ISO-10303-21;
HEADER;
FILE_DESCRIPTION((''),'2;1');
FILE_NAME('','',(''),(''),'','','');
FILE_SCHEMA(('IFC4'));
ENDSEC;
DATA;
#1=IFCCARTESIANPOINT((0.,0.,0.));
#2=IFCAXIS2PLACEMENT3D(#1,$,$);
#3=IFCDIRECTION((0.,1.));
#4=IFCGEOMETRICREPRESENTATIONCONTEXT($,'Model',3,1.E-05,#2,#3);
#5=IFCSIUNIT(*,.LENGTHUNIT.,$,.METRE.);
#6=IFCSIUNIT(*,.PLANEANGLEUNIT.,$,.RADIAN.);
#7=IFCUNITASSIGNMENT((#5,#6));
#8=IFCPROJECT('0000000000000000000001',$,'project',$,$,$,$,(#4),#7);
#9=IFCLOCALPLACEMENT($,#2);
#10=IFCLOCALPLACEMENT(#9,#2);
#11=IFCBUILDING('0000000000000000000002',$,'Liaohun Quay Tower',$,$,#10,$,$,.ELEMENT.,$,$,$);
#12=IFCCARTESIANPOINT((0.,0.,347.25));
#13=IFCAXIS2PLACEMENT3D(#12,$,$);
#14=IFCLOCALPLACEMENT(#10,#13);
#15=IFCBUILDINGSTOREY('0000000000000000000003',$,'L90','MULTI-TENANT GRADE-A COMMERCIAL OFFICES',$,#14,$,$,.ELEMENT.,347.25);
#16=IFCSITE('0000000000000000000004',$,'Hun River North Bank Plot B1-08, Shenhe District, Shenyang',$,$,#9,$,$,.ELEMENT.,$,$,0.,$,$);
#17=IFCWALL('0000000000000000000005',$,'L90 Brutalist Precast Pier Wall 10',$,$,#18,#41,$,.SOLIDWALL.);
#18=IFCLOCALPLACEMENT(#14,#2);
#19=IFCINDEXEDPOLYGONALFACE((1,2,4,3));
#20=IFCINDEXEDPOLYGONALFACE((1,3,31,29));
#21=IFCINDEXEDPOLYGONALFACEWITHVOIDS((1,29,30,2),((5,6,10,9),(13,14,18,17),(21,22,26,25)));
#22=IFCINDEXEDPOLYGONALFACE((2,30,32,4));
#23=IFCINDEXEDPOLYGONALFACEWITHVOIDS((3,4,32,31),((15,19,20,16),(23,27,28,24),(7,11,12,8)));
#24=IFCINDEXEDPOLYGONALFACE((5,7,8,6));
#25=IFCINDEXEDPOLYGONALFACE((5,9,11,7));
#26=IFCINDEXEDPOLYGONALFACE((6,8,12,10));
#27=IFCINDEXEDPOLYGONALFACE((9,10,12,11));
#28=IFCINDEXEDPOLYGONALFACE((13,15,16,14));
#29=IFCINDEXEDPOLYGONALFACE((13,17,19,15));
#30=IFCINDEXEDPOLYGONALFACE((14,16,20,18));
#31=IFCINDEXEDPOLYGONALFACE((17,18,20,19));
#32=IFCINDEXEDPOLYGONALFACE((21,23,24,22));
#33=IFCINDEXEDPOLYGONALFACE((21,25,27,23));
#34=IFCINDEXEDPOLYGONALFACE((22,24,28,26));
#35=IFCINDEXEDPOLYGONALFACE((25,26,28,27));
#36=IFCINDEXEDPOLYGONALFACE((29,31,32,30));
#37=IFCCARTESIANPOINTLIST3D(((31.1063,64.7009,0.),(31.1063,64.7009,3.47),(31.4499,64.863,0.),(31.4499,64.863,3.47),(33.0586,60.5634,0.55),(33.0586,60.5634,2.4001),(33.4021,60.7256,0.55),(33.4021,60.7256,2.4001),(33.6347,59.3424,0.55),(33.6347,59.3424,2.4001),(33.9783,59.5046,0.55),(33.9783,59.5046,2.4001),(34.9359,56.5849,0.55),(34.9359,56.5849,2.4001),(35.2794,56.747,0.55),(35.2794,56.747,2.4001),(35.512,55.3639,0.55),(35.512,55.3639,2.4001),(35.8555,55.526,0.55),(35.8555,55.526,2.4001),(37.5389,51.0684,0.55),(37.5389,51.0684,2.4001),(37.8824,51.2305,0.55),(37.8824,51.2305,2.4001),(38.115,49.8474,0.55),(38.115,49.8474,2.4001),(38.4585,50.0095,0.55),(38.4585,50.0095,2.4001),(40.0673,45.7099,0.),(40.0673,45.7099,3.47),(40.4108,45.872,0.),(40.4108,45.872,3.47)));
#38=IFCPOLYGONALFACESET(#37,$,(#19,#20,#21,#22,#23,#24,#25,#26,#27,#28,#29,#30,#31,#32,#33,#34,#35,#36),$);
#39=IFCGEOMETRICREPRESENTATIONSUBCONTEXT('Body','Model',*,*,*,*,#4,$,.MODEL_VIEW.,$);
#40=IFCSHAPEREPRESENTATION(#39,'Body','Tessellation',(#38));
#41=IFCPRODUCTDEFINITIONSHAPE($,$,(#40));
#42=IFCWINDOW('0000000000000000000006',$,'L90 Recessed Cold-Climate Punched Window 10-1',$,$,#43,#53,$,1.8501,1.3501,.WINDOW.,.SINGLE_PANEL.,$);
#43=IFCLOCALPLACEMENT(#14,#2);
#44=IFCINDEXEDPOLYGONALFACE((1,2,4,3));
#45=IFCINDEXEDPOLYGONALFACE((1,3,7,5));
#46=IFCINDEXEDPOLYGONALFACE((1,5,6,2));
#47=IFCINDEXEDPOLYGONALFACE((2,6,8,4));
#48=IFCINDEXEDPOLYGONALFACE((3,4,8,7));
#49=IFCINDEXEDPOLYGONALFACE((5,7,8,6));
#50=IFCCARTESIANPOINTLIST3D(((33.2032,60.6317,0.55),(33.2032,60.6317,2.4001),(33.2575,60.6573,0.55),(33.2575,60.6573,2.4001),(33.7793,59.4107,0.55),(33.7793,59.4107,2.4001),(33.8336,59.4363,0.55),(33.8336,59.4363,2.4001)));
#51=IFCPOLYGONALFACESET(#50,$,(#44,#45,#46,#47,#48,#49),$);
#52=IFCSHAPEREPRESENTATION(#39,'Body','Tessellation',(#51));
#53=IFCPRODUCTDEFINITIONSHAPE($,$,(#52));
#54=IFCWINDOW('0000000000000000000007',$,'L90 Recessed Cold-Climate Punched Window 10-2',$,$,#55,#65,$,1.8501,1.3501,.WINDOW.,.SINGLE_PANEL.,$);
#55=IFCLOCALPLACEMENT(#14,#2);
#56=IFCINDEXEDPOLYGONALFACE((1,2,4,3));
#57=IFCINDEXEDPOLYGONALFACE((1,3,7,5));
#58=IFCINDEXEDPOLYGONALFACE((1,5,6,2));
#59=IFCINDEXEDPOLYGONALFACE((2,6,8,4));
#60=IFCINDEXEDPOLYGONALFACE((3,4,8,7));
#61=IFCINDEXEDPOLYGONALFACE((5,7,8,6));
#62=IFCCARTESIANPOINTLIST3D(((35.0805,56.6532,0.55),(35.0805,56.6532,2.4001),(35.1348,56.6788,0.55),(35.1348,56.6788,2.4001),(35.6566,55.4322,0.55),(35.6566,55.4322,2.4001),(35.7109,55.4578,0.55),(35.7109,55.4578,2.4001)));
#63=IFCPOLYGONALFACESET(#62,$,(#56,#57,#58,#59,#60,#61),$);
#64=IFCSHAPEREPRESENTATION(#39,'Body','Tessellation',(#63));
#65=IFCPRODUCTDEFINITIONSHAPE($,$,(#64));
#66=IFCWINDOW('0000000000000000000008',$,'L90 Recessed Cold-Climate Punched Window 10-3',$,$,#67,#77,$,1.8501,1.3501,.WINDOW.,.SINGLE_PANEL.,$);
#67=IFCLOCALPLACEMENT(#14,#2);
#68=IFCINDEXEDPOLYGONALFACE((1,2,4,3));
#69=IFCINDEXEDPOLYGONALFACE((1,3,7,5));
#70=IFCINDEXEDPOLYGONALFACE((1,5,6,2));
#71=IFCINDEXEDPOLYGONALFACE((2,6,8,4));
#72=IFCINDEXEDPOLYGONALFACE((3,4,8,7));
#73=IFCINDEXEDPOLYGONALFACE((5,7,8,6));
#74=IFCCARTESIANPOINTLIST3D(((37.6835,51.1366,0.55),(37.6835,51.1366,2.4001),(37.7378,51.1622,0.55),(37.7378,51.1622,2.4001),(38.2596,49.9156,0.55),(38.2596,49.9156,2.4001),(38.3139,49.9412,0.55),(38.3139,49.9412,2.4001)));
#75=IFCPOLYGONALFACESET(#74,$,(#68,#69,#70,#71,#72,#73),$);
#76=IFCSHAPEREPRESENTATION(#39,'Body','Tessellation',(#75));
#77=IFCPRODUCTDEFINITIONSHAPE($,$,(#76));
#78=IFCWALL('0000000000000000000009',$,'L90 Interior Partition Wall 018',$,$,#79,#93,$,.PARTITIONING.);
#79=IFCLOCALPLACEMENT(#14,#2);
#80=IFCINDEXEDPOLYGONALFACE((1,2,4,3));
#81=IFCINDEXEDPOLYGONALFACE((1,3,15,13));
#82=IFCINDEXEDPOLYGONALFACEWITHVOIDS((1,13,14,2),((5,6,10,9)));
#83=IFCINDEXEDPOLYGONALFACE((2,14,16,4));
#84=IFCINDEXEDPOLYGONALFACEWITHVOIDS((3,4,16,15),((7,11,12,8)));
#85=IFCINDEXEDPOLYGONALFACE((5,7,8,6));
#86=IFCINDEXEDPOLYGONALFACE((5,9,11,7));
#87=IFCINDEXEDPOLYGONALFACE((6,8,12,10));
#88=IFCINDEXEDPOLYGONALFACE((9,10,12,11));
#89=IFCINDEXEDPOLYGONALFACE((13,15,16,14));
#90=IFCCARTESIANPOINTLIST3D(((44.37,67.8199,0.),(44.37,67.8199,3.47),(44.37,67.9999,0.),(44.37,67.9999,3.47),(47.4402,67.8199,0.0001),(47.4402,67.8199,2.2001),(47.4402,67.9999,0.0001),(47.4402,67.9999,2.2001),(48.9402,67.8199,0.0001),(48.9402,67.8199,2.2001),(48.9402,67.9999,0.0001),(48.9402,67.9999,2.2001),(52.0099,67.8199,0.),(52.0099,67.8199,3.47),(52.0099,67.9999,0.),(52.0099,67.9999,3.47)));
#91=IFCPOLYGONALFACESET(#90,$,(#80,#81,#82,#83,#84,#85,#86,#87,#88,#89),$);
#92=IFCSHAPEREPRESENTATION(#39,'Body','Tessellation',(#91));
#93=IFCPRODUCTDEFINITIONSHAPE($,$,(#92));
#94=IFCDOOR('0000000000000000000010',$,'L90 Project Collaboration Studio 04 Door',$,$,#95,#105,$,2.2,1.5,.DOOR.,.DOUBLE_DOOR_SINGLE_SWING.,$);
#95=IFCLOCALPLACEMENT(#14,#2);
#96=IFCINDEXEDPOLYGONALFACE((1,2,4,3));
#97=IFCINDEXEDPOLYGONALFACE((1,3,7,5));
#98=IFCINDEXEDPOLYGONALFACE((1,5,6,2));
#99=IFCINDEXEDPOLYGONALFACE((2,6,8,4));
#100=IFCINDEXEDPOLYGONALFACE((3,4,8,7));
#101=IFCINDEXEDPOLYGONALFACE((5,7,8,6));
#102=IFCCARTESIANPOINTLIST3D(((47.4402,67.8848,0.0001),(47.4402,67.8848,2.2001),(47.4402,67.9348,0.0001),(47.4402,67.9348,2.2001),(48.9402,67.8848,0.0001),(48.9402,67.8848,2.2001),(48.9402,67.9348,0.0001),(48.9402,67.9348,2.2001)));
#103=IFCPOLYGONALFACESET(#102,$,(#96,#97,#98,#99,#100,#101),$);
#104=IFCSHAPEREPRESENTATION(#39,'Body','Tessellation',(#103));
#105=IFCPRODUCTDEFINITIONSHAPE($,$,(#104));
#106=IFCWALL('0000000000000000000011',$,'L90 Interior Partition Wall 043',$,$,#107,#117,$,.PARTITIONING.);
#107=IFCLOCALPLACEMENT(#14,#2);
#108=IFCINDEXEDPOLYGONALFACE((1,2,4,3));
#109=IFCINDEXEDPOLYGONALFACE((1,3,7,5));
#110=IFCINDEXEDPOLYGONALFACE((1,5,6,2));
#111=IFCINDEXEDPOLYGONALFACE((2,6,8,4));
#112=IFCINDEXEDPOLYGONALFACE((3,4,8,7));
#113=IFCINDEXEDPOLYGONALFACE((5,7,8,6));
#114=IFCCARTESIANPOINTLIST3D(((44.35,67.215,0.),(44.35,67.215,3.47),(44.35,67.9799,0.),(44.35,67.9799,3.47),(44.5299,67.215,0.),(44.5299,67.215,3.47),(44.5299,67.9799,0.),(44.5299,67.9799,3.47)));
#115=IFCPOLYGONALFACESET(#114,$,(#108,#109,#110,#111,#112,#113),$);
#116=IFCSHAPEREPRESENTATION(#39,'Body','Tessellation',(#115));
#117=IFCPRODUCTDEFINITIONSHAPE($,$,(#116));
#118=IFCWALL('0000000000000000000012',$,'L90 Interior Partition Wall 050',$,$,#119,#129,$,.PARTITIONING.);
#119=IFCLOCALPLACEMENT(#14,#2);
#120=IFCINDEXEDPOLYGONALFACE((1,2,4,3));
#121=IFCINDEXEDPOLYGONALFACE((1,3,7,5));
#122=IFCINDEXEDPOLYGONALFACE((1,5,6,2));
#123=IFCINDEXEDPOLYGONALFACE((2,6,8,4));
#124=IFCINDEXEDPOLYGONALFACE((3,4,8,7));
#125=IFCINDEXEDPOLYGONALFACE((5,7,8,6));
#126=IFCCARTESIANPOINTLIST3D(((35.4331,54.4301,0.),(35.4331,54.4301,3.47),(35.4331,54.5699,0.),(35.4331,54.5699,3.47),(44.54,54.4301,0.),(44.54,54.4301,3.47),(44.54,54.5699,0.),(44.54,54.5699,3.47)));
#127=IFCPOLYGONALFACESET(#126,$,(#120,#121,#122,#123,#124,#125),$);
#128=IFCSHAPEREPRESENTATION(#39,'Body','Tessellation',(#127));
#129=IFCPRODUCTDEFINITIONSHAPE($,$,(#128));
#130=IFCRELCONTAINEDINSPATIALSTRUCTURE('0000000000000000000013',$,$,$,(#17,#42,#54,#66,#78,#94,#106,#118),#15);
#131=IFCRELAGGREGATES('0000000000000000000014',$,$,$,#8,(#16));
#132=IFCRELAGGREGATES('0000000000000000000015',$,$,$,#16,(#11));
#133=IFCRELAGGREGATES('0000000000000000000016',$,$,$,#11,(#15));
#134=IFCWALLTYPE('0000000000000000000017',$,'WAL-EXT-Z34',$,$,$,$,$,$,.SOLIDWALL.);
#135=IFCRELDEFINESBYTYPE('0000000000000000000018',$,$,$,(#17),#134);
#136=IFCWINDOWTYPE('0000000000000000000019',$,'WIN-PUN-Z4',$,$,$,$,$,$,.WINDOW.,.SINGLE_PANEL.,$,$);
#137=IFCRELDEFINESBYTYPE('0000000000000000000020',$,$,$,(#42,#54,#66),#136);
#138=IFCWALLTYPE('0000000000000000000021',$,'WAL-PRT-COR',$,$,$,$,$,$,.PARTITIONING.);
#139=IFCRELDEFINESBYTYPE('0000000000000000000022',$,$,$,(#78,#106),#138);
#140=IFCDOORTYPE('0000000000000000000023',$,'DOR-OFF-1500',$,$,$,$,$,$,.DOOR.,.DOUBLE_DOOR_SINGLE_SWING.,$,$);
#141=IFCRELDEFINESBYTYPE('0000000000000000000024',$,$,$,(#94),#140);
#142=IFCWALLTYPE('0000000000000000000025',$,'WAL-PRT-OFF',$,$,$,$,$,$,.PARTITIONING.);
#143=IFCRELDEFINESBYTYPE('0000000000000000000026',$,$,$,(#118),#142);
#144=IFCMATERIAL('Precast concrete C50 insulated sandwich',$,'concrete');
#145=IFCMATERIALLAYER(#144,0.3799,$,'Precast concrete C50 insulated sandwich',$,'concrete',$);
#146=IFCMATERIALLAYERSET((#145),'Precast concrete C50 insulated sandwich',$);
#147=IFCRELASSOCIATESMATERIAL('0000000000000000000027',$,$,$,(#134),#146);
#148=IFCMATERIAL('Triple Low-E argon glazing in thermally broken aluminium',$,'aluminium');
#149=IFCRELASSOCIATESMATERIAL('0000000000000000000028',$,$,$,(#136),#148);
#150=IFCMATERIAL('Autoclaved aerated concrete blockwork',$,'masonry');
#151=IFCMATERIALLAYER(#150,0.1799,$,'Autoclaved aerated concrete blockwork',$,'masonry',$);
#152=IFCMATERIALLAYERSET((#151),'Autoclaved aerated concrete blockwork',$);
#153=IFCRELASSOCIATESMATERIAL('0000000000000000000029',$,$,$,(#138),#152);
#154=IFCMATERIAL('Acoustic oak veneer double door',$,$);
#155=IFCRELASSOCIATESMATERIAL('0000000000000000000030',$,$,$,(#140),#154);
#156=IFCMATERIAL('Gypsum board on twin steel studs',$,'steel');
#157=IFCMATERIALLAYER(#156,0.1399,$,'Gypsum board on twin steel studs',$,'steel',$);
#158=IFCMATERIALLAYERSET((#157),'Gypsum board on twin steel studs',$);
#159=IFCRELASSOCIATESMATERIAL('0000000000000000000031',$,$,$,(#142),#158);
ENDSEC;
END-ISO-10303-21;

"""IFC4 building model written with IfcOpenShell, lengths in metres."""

from ifc_helpers import new_model, si_unit, direction, frame, frame_2d, origin, place, context, subcontext, project, spatial, rectangle, extrude, source, transform, mapped, material, layer, layer_set, type_object, element, fill, save


model = new_model("IFC4")

# Units and contexts
model_context = context("Model", 3, precision=1e-05, world=origin(), true_north=direction((0.0, 1.0)))
body_context = subcontext(model_context, "Body", "Model", "MODEL_VIEW")
ifc_project = project(units=[si_unit("LENGTHUNIT", "METRE"), si_unit("PLANEANGLEUNIT", "RADIAN")], contexts=[model_context])

# Site, building, storey
site_placement = place(None, origin())
site = spatial("IfcSite", under=ifc_project, at=site_placement, Name="Hun River North Bank Plot B1-08, Shenhe District, Shenyang", CompositionType="ELEMENT", RefElevation=0.0)
building_placement = place(site_placement, origin())
building = spatial("IfcBuilding", under=site, at=building_placement, Name="Liaohun Quay Tower", CompositionType="ELEMENT")
storey_placement = place(building_placement, frame((0.0, 0.0, 347.25)))
storey = spatial("IfcBuildingStorey", under=building, at=storey_placement, Name="L90", Description="MULTI-TENANT GRADE-A COMMERCIAL OFFICES", CompositionType="ELEMENT", Elevation=347.25)

# Shared definitions
ifc_material_1 = material(Name="Precast concrete C50 insulated sandwich", Category="concrete")
ifc_layer_1 = layer(ifc_material_1, 0.3799, Name="Precast concrete C50 insulated sandwich", Category="concrete")
ifc_layer_set_1 = layer_set([ifc_layer_1], Name="Precast concrete C50 insulated sandwich")
wall_type_1 = type_object("IfcWallType", Name="WAL-EXT-Z34", PredefinedType="SOLIDWALL", material=ifc_layer_set_1)

# Wall, openings, windows
wall_1_placement = place(storey_placement, frame((31.2781, 64.782, 0.0), z_axis=(0.0, 0.0, 1.0), x_axis=(0.426733, -0.904378, 0.0)))
wall_1 = element("IfcWall", 1, at=wall_1_placement, inside=storey, type_object=wall_type_1, Name="L90 Brutalist Precast Pier Wall 10", PredefinedType="SOLIDWALL", context=body_context, shape_type="SweptSolid", body=[
    extrude(rectangle(XDim=20.999, YDim=0.3799, at=frame_2d((10.4995, 0.0))), origin(), (0.0, 0.0, 1.0), 3.47),
])
shared_shape_1 = source(origin(), body_context, "Body", "SweptSolid", [
    extrude(rectangle(XDim=1.3501, YDim=1.8501, at=frame_2d((0.675, 0.925))), frame((0.0, 0.2, 0.0), z_axis=(0.0, -1.0, 0.0), x_axis=(1.0, 0.0, 0.0)), (0.0, 0.0, 1.0), 0.3999),
])
opening_1_placement = place(wall_1_placement, frame((4.575, 0.0, 0.55)))
opening_1 = element("IfcOpeningElement", 2, at=opening_1_placement, cuts=wall_1, PredefinedType="OPENING", context=body_context, shape_type="MappedRepresentation", body=[
    mapped(shared_shape_1, transform((0.0, 0.0, 0.0), x_axis=(1.0, 0.0, 0.0), y_axis=(0.0, 1.0, 0.0), z_axis=(0.0, 0.0, 1.0), scale=1.0)),
])
opening_2_placement = place(wall_1_placement, frame((8.9741, 0.0, 0.55)))
opening_2 = element("IfcOpeningElement", 3, at=opening_2_placement, cuts=wall_1, PredefinedType="OPENING", context=body_context, shape_type="MappedRepresentation", body=[
    mapped(shared_shape_1, transform((0.0, 0.0, 0.0), x_axis=(1.0, 0.0, 0.0), y_axis=(0.0, 1.0, 0.0), z_axis=(0.0, 0.0, 1.0), scale=1.0)),
])
opening_3_placement = place(wall_1_placement, frame((15.074, 0.0, 0.55)))
opening_3 = element("IfcOpeningElement", 4, at=opening_3_placement, cuts=wall_1, PredefinedType="OPENING", context=body_context, shape_type="MappedRepresentation", body=[
    mapped(shared_shape_1, transform((0.0, 0.0, 0.0), x_axis=(1.0, 0.0, 0.0), y_axis=(0.0, 1.0, 0.0), z_axis=(0.0, 0.0, 1.0), scale=1.0)),
])
ifc_material_2 = material(Name="Triple Low-E argon glazing in thermally broken aluminium", Category="aluminium")
window_type_1 = type_object("IfcWindowType", Name="WIN-PUN-Z4", PartitioningType="SINGLE_PANEL", PredefinedType="WINDOW", material=ifc_material_2)
shared_shape_2 = source(origin(), body_context, "Body", "SweptSolid", [
    extrude(rectangle(XDim=1.3501, YDim=1.8501, at=frame_2d((0.675, 0.925))), frame((0.0, 0.03, 0.0), z_axis=(0.0, -1.0, 0.0), x_axis=(1.0, 0.0, 0.0)), (0.0, 0.0, 1.0), 0.0601),
])
window_1_placement = place(opening_1_placement, origin())
window_1 = element("IfcWindow", 5, at=window_1_placement, inside=storey, type_object=window_type_1, Name="L90 Recessed Cold-Climate Punched Window 10-1", OverallHeight=1.8501, OverallWidth=1.3501, PartitioningType="SINGLE_PANEL", PredefinedType="WINDOW", context=body_context, shape_type="MappedRepresentation", body=[
    mapped(shared_shape_2, transform((0.0, 0.0, 0.0), x_axis=(1.0, 0.0, 0.0), y_axis=(0.0, 1.0, 0.0), z_axis=(0.0, 0.0, 1.0), scale=1.0)),
])
fill(opening_1, window_1)
window_2_placement = place(opening_2_placement, origin())
window_2 = element("IfcWindow", 6, at=window_2_placement, inside=storey, type_object=window_type_1, Name="L90 Recessed Cold-Climate Punched Window 10-2", OverallHeight=1.8501, OverallWidth=1.3501, PartitioningType="SINGLE_PANEL", PredefinedType="WINDOW", context=body_context, shape_type="MappedRepresentation", body=[
    mapped(shared_shape_2, transform((0.0, 0.0, 0.0), x_axis=(1.0, 0.0, 0.0), y_axis=(0.0, 1.0, 0.0), z_axis=(0.0, 0.0, 1.0), scale=1.0)),
])
fill(opening_2, window_2)
window_3_placement = place(opening_3_placement, origin())
window_3 = element("IfcWindow", 7, at=window_3_placement, inside=storey, type_object=window_type_1, Name="L90 Recessed Cold-Climate Punched Window 10-3", OverallHeight=1.8501, OverallWidth=1.3501, PartitioningType="SINGLE_PANEL", PredefinedType="WINDOW", context=body_context, shape_type="MappedRepresentation", body=[
    mapped(shared_shape_2, transform((0.0, 0.0, 0.0), x_axis=(1.0, 0.0, 0.0), y_axis=(0.0, 1.0, 0.0), z_axis=(0.0, 0.0, 1.0), scale=1.0)),
])
fill(opening_3, window_3)

# Wall, opening, door
ifc_material_3 = material(Name="Autoclaved aerated concrete blockwork", Category="masonry")
ifc_layer_2 = layer(ifc_material_3, 0.1799, Name="Autoclaved aerated concrete blockwork", Category="masonry")
ifc_layer_set_2 = layer_set([ifc_layer_2], Name="Autoclaved aerated concrete blockwork")
wall_type_2 = type_object("IfcWallType", Name="WAL-PRT-COR", PredefinedType="PARTITIONING", material=ifc_layer_set_2)
wall_2_placement = place(storey_placement, frame((44.3701, 67.9099, 0.0), z_axis=(0.0, 0.0, 1.0), x_axis=(1.0, 0.0, 0.0)))
wall_2 = element("IfcWall", 8, at=wall_2_placement, inside=storey, type_object=wall_type_2, Name="L90 Interior Partition Wall 018", PredefinedType="PARTITIONING", context=body_context, shape_type="SweptSolid", body=[
    extrude(rectangle(XDim=7.6399, YDim=0.1799, at=frame_2d((3.8198, 0.0))), origin(), (0.0, 0.0, 1.0), 3.47),
])
shared_shape_3 = source(origin(), body_context, "Body", "SweptSolid", [
    extrude(rectangle(XDim=1.5, YDim=2.2, at=frame_2d((0.75, 1.1001))), frame((0.0, 0.0999, 0.0), z_axis=(0.0, -1.0, 0.0), x_axis=(1.0, 0.0, 0.0)), (0.0, 0.0, 1.0), 0.2),
])
opening_4_placement = place(wall_2_placement, frame((3.0701, 0.0, 0.0)))
opening_4 = element("IfcOpeningElement", 9, at=opening_4_placement, cuts=wall_2, PredefinedType="OPENING", context=body_context, shape_type="MappedRepresentation", body=[
    mapped(shared_shape_3, transform((0.0, 0.0, 0.0), x_axis=(1.0, 0.0, 0.0), y_axis=(0.0, 1.0, 0.0), z_axis=(0.0, 0.0, 1.0), scale=1.0)),
])
ifc_material_4 = material(Name="Acoustic oak veneer double door")
door_type = type_object("IfcDoorType", Name="DOR-OFF-1500", OperationType="DOUBLE_DOOR_SINGLE_SWING", PredefinedType="DOOR", material=ifc_material_4)
shared_shape_4 = source(origin(), body_context, "Body", "SweptSolid", [
    extrude(rectangle(XDim=1.5, YDim=2.2, at=frame_2d((0.75, 1.1001))), frame((0.0, 0.0249, 0.0), z_axis=(0.0, -1.0, 0.0), x_axis=(1.0, 0.0, 0.0)), (0.0, 0.0, 1.0), 0.05),
])
door_placement = place(opening_4_placement, origin())
door = element("IfcDoor", 10, at=door_placement, inside=storey, type_object=door_type, Name="L90 Project Collaboration Studio 04 Door", OperationType="DOUBLE_DOOR_SINGLE_SWING", OverallHeight=2.2, OverallWidth=1.5, PredefinedType="DOOR", context=body_context, shape_type="MappedRepresentation", body=[
    mapped(shared_shape_4, transform((0.0, 0.0, 0.0), x_axis=(1.0, 0.0, 0.0), y_axis=(0.0, 1.0, 0.0), z_axis=(0.0, 0.0, 1.0), scale=1.0)),
])
fill(opening_4, door)

# Walls
wall_3_placement = place(storey_placement, frame((44.4399, 67.2151, 0.0), z_axis=(0.0, 0.0, 1.0), x_axis=(0.0, 1.0, 0.0)))
element("IfcWall", 11, at=wall_3_placement, inside=storey, type_object=wall_type_2, Name="L90 Interior Partition Wall 043", PredefinedType="PARTITIONING", context=body_context, shape_type="SweptSolid", body=[
    extrude(rectangle(XDim=0.7649, YDim=0.1799, at=frame_2d((0.3823, 0.0))), origin(), (0.0, 0.0, 1.0), 3.47),
])
ifc_material_5 = material(Name="Gypsum board on twin steel studs", Category="steel")
ifc_layer_3 = layer(ifc_material_5, 0.1399, Name="Gypsum board on twin steel studs", Category="steel")
ifc_layer_set_3 = layer_set([ifc_layer_3], Name="Gypsum board on twin steel studs")
wall_type_3 = type_object("IfcWallType", Name="WAL-PRT-OFF", PredefinedType="PARTITIONING", material=ifc_layer_set_3)
wall_4_placement = place(storey_placement, frame((44.54, 54.5, 0.0), z_axis=(0.0, 0.0, 1.0), x_axis=(-1.0, 0.0, 0.0)))
element("IfcWall", 12, at=wall_4_placement, inside=storey, type_object=wall_type_3, Name="L90 Interior Partition Wall 050", PredefinedType="PARTITIONING", context=body_context, shape_type="SweptSolid", body=[
    extrude(rectangle(XDim=9.1069, YDim=0.1399, at=frame_2d((4.5535, 0.0))), origin(), (0.0, 0.0, 1.0), 3.47),
])

save(model, "model.ifc")
